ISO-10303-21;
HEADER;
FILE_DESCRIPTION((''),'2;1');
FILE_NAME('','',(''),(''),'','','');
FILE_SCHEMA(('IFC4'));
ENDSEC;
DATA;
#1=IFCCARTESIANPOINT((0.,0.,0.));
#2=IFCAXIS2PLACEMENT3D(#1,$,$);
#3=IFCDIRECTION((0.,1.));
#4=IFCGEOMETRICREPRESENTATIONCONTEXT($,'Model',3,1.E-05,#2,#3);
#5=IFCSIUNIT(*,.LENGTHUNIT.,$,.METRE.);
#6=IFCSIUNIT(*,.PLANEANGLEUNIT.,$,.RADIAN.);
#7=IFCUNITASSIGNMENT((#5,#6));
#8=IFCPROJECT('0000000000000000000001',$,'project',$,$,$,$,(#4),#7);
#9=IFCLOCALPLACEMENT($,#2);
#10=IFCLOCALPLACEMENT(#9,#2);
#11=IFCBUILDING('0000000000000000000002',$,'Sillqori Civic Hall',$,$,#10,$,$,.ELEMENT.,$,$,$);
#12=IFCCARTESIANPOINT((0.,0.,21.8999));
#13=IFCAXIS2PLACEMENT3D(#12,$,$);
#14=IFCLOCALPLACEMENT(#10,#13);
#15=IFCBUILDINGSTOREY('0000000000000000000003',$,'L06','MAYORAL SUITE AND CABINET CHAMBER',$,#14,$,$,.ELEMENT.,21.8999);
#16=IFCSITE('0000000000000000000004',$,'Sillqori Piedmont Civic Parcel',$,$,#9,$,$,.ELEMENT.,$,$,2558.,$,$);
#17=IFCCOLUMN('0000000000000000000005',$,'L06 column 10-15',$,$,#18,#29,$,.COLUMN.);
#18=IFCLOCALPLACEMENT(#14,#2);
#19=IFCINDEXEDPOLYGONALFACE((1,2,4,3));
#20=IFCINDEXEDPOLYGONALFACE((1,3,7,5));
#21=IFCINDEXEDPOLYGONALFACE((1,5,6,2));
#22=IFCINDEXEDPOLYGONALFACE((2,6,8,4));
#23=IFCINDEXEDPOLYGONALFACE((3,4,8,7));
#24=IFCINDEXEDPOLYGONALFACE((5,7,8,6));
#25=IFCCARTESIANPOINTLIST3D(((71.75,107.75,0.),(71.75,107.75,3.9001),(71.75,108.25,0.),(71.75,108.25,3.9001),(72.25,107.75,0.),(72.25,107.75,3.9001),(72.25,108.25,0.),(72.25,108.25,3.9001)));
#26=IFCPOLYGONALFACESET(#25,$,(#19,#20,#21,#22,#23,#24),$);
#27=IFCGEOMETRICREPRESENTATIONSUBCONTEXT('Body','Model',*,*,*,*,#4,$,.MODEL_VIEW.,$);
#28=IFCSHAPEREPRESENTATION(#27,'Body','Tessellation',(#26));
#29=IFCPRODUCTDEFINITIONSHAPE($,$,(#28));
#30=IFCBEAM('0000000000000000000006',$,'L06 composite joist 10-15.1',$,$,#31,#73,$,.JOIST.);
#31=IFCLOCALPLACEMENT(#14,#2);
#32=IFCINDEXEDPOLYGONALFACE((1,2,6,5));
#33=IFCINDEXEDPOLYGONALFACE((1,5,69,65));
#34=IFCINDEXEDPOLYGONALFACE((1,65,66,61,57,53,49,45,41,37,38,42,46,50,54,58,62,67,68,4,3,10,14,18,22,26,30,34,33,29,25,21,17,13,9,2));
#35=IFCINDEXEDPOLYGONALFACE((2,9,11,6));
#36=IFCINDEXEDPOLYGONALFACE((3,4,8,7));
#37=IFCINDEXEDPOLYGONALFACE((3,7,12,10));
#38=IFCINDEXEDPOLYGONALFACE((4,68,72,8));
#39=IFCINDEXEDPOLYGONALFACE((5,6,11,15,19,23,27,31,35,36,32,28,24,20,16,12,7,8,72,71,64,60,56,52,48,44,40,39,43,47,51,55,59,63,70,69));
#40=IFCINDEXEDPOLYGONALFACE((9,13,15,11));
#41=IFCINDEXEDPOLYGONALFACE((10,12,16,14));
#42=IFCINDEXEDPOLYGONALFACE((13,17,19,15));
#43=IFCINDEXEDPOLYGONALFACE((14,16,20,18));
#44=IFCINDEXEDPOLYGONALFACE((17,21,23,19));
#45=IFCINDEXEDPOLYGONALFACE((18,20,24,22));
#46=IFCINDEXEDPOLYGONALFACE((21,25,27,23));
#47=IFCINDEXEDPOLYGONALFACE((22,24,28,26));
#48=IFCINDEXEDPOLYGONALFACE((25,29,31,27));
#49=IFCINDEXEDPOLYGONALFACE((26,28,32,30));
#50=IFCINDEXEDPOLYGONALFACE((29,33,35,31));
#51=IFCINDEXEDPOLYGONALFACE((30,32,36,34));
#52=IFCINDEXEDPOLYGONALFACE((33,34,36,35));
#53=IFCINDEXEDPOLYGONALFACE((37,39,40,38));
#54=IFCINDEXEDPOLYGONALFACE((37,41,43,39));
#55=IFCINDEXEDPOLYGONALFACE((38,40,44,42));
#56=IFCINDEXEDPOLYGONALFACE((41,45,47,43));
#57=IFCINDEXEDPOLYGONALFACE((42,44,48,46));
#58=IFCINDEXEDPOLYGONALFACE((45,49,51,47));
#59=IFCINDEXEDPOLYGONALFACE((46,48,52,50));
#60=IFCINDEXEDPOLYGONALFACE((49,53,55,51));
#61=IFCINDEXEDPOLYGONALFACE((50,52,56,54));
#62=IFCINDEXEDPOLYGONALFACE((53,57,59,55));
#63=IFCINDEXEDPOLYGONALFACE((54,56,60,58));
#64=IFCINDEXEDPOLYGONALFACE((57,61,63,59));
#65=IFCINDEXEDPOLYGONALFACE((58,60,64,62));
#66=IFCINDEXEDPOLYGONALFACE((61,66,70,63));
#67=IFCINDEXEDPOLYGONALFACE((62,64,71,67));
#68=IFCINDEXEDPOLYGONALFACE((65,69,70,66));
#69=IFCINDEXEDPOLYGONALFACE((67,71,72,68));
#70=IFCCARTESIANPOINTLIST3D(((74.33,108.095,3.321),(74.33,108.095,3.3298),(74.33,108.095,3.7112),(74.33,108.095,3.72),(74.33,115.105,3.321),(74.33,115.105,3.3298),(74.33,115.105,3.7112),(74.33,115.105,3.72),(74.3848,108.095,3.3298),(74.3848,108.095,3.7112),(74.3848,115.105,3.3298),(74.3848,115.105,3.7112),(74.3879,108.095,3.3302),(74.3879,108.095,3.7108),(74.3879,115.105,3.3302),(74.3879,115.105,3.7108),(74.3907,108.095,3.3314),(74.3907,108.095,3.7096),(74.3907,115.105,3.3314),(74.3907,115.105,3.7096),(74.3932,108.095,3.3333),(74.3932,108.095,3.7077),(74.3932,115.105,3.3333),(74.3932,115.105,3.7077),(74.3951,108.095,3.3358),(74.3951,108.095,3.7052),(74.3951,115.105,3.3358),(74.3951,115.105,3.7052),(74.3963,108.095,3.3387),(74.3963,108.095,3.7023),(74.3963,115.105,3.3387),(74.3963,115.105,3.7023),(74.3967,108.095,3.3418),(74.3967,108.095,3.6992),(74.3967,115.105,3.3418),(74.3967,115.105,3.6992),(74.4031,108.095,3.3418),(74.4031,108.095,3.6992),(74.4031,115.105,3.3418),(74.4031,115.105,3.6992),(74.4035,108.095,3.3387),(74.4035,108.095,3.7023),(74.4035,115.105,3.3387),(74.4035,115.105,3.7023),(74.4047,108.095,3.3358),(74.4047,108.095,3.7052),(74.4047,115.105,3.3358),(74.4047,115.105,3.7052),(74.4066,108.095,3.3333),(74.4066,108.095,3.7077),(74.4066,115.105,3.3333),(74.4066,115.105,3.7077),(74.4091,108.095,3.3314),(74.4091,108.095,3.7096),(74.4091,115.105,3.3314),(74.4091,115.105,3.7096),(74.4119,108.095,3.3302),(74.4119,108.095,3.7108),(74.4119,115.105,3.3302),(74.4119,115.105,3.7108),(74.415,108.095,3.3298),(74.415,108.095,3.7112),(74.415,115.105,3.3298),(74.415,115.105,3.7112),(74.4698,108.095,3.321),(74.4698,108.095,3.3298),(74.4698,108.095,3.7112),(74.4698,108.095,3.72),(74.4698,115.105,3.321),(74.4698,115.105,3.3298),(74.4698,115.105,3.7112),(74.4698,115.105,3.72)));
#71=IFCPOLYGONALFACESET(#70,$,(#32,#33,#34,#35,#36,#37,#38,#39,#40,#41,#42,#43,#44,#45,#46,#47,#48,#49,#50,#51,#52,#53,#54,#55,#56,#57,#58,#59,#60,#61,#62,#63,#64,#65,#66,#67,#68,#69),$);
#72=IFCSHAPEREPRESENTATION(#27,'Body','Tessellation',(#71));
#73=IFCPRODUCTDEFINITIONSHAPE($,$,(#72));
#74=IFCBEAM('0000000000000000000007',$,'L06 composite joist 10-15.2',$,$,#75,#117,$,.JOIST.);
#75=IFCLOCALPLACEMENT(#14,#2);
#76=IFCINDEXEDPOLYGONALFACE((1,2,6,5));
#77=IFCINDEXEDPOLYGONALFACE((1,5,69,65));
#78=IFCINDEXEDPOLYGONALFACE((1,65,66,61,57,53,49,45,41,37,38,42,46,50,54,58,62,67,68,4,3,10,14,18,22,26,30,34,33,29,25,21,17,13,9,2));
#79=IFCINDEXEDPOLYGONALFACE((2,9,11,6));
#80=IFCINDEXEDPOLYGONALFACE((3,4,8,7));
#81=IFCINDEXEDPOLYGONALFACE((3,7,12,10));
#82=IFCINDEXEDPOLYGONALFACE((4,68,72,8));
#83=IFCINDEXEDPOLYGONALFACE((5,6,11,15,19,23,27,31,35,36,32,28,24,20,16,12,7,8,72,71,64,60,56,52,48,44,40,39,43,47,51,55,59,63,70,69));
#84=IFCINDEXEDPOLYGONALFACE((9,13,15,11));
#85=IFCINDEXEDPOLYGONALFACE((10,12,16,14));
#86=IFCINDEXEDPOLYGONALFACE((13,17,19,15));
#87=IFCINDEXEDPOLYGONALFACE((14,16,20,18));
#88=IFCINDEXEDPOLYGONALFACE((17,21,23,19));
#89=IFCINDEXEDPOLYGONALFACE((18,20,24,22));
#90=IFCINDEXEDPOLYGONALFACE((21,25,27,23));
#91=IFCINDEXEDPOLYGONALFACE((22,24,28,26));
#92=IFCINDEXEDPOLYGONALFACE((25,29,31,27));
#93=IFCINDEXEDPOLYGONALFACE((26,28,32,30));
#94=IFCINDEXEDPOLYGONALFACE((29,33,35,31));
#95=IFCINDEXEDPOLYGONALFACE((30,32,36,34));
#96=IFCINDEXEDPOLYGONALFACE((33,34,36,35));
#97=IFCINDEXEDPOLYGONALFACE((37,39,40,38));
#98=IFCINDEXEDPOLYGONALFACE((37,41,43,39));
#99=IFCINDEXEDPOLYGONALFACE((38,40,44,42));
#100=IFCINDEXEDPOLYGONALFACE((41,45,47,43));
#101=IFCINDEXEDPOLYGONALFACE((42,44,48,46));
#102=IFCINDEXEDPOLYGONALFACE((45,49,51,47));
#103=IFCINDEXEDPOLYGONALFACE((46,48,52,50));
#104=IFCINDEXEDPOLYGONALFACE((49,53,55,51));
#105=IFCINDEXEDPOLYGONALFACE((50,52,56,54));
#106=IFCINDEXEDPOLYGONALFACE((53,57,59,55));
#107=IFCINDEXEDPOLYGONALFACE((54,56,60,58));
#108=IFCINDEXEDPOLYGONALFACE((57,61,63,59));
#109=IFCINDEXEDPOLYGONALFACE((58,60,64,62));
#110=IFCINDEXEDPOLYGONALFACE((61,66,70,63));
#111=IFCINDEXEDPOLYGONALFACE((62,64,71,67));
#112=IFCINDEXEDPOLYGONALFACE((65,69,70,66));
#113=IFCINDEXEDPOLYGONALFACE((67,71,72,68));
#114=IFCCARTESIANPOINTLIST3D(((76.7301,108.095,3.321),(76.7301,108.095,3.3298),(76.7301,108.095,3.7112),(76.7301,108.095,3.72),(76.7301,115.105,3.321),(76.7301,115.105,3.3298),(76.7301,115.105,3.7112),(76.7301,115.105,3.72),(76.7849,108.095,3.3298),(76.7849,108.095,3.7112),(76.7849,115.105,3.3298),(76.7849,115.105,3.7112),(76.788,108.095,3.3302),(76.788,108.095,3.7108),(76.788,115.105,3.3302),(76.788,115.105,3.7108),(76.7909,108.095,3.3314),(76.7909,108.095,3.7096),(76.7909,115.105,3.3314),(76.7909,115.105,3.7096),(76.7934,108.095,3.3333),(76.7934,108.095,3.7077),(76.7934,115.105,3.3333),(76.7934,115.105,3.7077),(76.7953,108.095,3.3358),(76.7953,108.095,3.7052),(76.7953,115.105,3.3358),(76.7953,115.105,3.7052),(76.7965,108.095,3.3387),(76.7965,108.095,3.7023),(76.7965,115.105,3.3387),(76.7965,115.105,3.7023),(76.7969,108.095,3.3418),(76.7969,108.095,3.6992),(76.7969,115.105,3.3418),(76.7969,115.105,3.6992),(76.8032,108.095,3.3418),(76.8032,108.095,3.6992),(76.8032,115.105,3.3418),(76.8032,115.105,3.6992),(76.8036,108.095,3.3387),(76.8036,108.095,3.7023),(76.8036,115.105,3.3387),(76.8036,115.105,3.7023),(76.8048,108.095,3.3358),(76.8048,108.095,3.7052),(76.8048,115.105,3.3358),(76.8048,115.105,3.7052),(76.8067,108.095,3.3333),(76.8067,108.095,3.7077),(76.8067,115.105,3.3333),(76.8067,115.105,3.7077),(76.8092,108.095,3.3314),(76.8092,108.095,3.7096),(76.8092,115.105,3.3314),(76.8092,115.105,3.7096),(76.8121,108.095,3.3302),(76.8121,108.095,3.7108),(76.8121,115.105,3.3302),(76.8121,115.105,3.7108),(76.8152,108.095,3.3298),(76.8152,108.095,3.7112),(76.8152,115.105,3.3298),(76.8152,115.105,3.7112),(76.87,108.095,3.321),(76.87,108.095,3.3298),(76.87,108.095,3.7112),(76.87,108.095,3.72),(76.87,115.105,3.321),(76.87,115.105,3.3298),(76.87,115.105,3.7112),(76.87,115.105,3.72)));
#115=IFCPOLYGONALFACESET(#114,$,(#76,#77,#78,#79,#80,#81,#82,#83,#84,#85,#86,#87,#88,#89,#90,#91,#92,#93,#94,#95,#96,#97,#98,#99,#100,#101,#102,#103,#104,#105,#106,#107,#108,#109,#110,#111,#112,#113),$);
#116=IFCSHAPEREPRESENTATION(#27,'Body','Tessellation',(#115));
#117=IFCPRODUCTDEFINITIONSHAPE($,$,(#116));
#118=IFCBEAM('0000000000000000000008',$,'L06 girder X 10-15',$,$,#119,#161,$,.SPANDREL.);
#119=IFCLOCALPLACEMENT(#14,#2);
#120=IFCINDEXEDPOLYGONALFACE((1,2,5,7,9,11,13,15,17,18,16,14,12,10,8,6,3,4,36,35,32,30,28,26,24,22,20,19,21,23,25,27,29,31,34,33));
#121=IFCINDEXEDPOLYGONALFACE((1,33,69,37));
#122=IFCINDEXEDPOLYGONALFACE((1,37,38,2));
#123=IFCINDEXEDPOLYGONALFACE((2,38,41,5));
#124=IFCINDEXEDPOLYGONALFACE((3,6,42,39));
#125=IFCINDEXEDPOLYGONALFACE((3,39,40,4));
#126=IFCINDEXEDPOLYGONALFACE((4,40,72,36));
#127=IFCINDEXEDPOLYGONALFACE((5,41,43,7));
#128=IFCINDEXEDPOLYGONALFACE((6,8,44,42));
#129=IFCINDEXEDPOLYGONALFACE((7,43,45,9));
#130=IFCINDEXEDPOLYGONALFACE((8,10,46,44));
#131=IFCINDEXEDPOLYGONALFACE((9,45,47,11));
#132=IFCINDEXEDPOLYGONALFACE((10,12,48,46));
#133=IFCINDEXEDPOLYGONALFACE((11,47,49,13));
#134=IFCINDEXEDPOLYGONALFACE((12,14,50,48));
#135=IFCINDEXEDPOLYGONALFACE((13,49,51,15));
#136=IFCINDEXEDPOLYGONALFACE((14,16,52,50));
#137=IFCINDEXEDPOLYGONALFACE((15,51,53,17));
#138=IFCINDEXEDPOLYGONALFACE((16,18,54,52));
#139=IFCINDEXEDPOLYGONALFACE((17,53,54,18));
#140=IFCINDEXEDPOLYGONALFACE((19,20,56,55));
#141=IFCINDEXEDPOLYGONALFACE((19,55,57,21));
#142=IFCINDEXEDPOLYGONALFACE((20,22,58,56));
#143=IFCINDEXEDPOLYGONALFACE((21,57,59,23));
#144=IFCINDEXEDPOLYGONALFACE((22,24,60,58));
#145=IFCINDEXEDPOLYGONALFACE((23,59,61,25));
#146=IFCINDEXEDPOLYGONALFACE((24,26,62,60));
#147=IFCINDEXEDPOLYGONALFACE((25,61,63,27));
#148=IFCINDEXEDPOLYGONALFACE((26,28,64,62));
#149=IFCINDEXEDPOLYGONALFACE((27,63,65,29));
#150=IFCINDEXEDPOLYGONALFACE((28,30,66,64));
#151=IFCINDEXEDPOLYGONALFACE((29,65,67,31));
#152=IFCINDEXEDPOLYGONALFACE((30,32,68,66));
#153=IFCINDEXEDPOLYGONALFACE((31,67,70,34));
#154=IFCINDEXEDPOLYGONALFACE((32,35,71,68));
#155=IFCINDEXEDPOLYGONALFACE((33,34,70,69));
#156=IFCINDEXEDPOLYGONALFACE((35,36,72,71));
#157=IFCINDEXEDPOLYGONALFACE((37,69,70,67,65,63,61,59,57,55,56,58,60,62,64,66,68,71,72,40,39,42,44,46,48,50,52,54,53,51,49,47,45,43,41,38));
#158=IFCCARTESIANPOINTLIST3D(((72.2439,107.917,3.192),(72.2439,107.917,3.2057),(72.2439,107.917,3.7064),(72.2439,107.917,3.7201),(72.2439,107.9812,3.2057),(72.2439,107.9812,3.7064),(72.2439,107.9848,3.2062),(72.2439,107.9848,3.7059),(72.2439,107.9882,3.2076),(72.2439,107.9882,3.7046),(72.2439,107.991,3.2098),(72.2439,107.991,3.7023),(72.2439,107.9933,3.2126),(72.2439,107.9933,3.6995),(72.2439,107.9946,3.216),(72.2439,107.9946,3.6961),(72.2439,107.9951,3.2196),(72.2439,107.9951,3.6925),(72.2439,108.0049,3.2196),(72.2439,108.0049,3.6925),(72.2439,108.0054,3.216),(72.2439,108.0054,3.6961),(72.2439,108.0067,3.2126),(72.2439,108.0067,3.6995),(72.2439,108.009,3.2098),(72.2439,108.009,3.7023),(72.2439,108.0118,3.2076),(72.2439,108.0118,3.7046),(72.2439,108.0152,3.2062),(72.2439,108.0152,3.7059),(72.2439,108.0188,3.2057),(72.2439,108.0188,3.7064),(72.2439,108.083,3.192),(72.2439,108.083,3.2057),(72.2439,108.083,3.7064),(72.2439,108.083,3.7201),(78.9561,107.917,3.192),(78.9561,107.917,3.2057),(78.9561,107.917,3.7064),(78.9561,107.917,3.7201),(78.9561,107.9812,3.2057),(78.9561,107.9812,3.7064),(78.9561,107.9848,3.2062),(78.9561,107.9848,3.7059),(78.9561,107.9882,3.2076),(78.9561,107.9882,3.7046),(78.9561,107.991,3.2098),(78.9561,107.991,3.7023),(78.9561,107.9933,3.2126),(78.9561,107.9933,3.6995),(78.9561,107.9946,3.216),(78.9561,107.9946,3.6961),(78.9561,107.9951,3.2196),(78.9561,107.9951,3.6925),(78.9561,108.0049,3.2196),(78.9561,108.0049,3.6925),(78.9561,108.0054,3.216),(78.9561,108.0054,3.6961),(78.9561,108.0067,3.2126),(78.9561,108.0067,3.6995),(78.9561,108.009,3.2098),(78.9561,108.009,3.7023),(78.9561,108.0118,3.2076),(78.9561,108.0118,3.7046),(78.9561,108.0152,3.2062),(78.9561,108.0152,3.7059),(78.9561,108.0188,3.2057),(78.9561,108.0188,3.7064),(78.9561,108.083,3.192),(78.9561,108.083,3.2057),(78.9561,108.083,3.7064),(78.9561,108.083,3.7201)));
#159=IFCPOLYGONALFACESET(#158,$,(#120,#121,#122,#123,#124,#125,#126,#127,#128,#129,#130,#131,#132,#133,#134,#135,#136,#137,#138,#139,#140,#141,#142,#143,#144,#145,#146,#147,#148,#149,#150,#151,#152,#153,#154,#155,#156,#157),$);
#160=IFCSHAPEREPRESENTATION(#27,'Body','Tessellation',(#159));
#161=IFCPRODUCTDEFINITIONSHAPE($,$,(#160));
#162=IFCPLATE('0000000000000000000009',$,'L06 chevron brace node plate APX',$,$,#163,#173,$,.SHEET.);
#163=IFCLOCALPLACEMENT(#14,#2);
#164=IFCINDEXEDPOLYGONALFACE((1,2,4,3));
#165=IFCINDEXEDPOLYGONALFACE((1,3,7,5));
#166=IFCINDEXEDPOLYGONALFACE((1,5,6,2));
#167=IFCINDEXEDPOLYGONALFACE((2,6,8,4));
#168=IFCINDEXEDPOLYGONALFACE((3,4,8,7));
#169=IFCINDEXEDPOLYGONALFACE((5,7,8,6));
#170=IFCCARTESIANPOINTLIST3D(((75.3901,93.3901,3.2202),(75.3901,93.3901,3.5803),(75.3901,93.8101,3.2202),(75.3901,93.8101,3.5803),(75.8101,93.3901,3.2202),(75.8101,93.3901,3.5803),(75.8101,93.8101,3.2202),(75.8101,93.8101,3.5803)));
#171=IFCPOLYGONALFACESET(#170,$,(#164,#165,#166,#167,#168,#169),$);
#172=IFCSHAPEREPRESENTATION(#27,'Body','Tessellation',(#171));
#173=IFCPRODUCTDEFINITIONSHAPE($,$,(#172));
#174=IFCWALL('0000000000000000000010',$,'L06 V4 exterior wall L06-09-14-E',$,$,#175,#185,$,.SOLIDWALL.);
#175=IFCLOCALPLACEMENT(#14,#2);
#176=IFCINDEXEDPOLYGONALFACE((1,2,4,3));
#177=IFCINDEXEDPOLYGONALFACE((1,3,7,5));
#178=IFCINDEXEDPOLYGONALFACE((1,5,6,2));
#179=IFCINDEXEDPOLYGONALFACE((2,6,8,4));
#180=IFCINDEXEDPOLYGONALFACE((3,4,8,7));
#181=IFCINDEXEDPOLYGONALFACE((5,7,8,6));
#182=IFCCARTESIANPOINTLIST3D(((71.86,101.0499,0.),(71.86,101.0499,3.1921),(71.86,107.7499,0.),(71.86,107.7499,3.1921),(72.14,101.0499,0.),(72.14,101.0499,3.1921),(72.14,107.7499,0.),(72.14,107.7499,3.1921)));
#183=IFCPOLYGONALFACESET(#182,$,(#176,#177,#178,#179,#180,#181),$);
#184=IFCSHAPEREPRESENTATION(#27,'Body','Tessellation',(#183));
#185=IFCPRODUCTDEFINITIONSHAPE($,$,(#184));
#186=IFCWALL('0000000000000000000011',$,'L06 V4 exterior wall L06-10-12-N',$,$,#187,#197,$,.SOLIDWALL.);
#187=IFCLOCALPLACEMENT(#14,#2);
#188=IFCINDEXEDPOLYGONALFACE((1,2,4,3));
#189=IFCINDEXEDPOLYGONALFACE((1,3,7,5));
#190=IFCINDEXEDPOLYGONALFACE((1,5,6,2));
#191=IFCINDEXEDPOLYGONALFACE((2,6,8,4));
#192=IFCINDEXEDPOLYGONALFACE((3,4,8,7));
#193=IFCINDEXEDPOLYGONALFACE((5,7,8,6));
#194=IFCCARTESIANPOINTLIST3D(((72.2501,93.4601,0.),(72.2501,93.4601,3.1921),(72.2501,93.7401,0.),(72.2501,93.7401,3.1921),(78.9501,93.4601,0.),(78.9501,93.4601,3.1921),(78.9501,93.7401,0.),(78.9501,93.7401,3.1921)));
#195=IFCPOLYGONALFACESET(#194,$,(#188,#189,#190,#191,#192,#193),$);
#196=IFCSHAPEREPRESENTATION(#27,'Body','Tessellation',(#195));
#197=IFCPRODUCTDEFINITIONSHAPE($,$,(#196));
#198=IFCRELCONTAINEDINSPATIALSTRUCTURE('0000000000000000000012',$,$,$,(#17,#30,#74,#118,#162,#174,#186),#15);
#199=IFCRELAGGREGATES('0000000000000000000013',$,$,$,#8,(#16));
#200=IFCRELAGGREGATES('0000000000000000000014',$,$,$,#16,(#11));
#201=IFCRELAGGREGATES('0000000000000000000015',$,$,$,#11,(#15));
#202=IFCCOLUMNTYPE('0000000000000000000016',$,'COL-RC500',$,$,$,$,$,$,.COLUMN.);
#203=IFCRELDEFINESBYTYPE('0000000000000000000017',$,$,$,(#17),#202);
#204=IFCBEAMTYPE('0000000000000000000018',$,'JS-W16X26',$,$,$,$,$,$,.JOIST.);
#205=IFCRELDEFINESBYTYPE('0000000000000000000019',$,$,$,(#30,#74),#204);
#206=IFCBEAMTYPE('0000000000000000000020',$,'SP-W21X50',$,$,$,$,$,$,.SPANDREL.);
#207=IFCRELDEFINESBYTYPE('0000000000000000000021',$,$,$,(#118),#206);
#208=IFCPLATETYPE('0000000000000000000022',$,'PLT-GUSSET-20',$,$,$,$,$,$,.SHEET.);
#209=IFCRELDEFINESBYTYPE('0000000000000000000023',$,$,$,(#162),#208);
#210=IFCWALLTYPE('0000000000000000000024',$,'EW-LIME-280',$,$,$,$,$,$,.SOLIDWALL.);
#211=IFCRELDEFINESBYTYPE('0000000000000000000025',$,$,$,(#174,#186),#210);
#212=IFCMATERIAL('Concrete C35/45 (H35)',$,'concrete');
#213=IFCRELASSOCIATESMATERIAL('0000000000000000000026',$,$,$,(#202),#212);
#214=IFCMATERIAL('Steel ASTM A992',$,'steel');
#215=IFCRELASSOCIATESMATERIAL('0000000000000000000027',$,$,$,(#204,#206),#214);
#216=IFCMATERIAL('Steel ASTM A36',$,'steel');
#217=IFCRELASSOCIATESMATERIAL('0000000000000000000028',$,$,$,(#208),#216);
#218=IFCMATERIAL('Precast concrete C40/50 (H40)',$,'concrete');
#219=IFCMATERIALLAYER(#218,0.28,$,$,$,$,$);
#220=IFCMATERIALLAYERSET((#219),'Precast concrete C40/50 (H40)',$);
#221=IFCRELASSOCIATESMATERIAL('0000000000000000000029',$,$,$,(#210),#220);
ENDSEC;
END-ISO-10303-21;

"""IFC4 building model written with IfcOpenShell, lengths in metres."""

from ifc_helpers import new_model, si_unit, direction, frame, frame_2d, origin, origin_2d, place, context, subcontext, project, spatial, rectangle, i_section, extrude, material, layer, layer_set, material_profile, profile_set, type_object, element, save


model = new_model("IFC4")

# Units and contexts
model_context = context("Model", 3, precision=1e-05, world=origin(), true_north=direction((0.0, 1.0)))
body_context = subcontext(model_context, "Body", "Model", "MODEL_VIEW")
ifc_project = project(units=[si_unit("LENGTHUNIT", "METRE"), si_unit("PLANEANGLEUNIT", "RADIAN")], contexts=[model_context])

# Site, building, storey
site_placement = place(None, origin())
site = spatial("IfcSite", under=ifc_project, at=site_placement, Name="Sillqori Piedmont Civic Parcel", CompositionType="ELEMENT", RefElevation=2558.0)
building_placement = place(site_placement, origin())
building = spatial("IfcBuilding", under=site, at=building_placement, Name="Sillqori Civic Hall", CompositionType="ELEMENT")
storey_placement = place(building_placement, frame((0.0, 0.0, 21.8999)))
storey = spatial("IfcBuildingStorey", under=building, at=storey_placement, Name="L06", Description="MAYORAL SUITE AND CABINET CHAMBER", CompositionType="ELEMENT", Elevation=21.8999)

# Column
ifc_material_1 = material(Name="Concrete C35/45 (H35)", Category="concrete")
ifc_material_profile_1 = material_profile(ifc_material_1, rectangle(XDim=0.5, YDim=0.5, at=origin_2d()), Name="RC 500x500")
ifc_profile_set_1 = profile_set([ifc_material_profile_1], Name="Concrete C35/45 (H35)")
column_type = type_object("IfcColumnType", Name="COL-RC500", PredefinedType="COLUMN", material=ifc_profile_set_1)
column_placement = place(storey_placement, frame((72.0, 108.0, 0.0), z_axis=(0.0, 0.0, 1.0), x_axis=(1.0, 0.0, 0.0)))
element("IfcColumn", 1, at=column_placement, inside=storey, type_object=column_type, Name="L06 column 10-15", PredefinedType="COLUMN", context=body_context, shape_type="SweptSolid", body=[
    extrude(rectangle(XDim=0.5, YDim=0.5, at=origin_2d()), origin(), (0.0, 0.0, 1.0), 3.9001),
])

# Beams
ifc_material_2 = material(Name="Steel ASTM A992", Category="steel")
ifc_material_profile_2 = material_profile(ifc_material_2, i_section(OverallWidth=0.1399, OverallDepth=0.3989, WebThickness=0.0063, FlangeThickness=0.0088, FilletRadius=0.012, at=origin_2d()), Name="W16X26")
ifc_profile_set_2 = profile_set([ifc_material_profile_2], Name="Steel ASTM A992")
beam_type_1 = type_object("IfcBeamType", Name="JS-W16X26", PredefinedType="JOIST", material=ifc_profile_set_2)
for number, where, z_axis, x_axis, name in (
    (2, (74.3999, 108.095, 3.5205), (0.0, 1.0, 0.0), (-1.0, 0.0, 0.0), "L06 composite joist 10-15.1"),
    (3, (76.8, 108.095, 3.5205), (0.0, 1.0, 0.0), (-1.0, 0.0, 0.0), "L06 composite joist 10-15.2"),
):
    element("IfcBeam", number, at=place(storey_placement, frame(where, z_axis=z_axis, x_axis=x_axis)), inside=storey, type_object=beam_type_1, Name=name, PredefinedType="JOIST", context=body_context, shape_type="SweptSolid", body=[
        extrude(i_section(OverallWidth=0.1399, OverallDepth=0.3989, WebThickness=0.0063, FlangeThickness=0.0088, FilletRadius=0.012, at=origin_2d()), origin(), (0.0, 0.0, 1.0), 7.01),
    ])
ifc_material_profile_3 = material_profile(ifc_material_2, i_section(OverallWidth=0.166, OverallDepth=0.5281, WebThickness=0.0098, FlangeThickness=0.0137, FilletRadius=0.0139, at=origin_2d()), Name="W21X50")
ifc_profile_set_3 = profile_set([ifc_material_profile_3], Name="Steel ASTM A992")
beam_type_2 = type_object("IfcBeamType", Name="SP-W21X50", PredefinedType="SPANDREL", material=ifc_profile_set_3)
beam_placement = place(storey_placement, frame((72.2439, 108.0, 3.4561), z_axis=(1.0, 0.0, 0.0), x_axis=(0.0, 1.0, 0.0)))
element("IfcBeam", 4, at=beam_placement, inside=storey, type_object=beam_type_2, Name="L06 girder X 10-15", PredefinedType="SPANDREL", context=body_context, shape_type="SweptSolid", body=[
    extrude(i_section(OverallWidth=0.166, OverallDepth=0.5281, WebThickness=0.0098, FlangeThickness=0.0137, FilletRadius=0.0139, at=origin_2d()), origin(), (0.0, 0.0, 1.0), 6.7122),
])

# Plate
ifc_material_3 = material(Name="Steel ASTM A36", Category="steel")
plate_type = type_object("IfcPlateType", Name="PLT-GUSSET-20", PredefinedType="SHEET", material=ifc_material_3)
plate_placement = place(storey_placement, frame((75.6001, 93.6001, 3.2202), z_axis=(0.0, 0.0, 1.0), x_axis=(1.0, 0.0, 0.0)))
element("IfcPlate", 5, at=plate_placement, inside=storey, type_object=plate_type, Name="L06 chevron brace node plate APX", PredefinedType="SHEET", context=body_context, shape_type="SweptSolid", body=[
    extrude(rectangle(XDim=0.4199, YDim=0.4199, at=origin_2d()), origin(), (0.0, 0.0, 1.0), 0.3601),
])

# Walls
ifc_material_4 = material(Name="Precast concrete C40/50 (H40)", Category="concrete")
ifc_layer_1 = layer(ifc_material_4, 0.28)
ifc_layer_set_1 = layer_set([ifc_layer_1], Name="Precast concrete C40/50 (H40)")
wall_type = type_object("IfcWallType", Name="EW-LIME-280", PredefinedType="SOLIDWALL", material=ifc_layer_set_1)
for number, where, z_axis, x_axis, name in (
    (6, (72.0, 107.75, 0.0), (0.0, 0.0, 1.0), (0.0, -1.0, 0.0), "L06 V4 exterior wall L06-09-14-E"),
    (7, (72.25, 93.6001, 0.0), (0.0, 0.0, 1.0), (1.0, 0.0, 0.0), "L06 V4 exterior wall L06-10-12-N"),
):
    element("IfcWall", number, at=place(storey_placement, frame(where, z_axis=z_axis, x_axis=x_axis)), inside=storey, type_object=wall_type, Name=name, PredefinedType="SOLIDWALL", context=body_context, shape_type="SweptSolid", body=[
        extrude(rectangle(XDim=6.7, YDim=0.28, at=frame_2d((3.3501, 0.0))), origin(), (0.0, 0.0, 1.0), 3.1921),
    ])

save(model, "model.ifc")
